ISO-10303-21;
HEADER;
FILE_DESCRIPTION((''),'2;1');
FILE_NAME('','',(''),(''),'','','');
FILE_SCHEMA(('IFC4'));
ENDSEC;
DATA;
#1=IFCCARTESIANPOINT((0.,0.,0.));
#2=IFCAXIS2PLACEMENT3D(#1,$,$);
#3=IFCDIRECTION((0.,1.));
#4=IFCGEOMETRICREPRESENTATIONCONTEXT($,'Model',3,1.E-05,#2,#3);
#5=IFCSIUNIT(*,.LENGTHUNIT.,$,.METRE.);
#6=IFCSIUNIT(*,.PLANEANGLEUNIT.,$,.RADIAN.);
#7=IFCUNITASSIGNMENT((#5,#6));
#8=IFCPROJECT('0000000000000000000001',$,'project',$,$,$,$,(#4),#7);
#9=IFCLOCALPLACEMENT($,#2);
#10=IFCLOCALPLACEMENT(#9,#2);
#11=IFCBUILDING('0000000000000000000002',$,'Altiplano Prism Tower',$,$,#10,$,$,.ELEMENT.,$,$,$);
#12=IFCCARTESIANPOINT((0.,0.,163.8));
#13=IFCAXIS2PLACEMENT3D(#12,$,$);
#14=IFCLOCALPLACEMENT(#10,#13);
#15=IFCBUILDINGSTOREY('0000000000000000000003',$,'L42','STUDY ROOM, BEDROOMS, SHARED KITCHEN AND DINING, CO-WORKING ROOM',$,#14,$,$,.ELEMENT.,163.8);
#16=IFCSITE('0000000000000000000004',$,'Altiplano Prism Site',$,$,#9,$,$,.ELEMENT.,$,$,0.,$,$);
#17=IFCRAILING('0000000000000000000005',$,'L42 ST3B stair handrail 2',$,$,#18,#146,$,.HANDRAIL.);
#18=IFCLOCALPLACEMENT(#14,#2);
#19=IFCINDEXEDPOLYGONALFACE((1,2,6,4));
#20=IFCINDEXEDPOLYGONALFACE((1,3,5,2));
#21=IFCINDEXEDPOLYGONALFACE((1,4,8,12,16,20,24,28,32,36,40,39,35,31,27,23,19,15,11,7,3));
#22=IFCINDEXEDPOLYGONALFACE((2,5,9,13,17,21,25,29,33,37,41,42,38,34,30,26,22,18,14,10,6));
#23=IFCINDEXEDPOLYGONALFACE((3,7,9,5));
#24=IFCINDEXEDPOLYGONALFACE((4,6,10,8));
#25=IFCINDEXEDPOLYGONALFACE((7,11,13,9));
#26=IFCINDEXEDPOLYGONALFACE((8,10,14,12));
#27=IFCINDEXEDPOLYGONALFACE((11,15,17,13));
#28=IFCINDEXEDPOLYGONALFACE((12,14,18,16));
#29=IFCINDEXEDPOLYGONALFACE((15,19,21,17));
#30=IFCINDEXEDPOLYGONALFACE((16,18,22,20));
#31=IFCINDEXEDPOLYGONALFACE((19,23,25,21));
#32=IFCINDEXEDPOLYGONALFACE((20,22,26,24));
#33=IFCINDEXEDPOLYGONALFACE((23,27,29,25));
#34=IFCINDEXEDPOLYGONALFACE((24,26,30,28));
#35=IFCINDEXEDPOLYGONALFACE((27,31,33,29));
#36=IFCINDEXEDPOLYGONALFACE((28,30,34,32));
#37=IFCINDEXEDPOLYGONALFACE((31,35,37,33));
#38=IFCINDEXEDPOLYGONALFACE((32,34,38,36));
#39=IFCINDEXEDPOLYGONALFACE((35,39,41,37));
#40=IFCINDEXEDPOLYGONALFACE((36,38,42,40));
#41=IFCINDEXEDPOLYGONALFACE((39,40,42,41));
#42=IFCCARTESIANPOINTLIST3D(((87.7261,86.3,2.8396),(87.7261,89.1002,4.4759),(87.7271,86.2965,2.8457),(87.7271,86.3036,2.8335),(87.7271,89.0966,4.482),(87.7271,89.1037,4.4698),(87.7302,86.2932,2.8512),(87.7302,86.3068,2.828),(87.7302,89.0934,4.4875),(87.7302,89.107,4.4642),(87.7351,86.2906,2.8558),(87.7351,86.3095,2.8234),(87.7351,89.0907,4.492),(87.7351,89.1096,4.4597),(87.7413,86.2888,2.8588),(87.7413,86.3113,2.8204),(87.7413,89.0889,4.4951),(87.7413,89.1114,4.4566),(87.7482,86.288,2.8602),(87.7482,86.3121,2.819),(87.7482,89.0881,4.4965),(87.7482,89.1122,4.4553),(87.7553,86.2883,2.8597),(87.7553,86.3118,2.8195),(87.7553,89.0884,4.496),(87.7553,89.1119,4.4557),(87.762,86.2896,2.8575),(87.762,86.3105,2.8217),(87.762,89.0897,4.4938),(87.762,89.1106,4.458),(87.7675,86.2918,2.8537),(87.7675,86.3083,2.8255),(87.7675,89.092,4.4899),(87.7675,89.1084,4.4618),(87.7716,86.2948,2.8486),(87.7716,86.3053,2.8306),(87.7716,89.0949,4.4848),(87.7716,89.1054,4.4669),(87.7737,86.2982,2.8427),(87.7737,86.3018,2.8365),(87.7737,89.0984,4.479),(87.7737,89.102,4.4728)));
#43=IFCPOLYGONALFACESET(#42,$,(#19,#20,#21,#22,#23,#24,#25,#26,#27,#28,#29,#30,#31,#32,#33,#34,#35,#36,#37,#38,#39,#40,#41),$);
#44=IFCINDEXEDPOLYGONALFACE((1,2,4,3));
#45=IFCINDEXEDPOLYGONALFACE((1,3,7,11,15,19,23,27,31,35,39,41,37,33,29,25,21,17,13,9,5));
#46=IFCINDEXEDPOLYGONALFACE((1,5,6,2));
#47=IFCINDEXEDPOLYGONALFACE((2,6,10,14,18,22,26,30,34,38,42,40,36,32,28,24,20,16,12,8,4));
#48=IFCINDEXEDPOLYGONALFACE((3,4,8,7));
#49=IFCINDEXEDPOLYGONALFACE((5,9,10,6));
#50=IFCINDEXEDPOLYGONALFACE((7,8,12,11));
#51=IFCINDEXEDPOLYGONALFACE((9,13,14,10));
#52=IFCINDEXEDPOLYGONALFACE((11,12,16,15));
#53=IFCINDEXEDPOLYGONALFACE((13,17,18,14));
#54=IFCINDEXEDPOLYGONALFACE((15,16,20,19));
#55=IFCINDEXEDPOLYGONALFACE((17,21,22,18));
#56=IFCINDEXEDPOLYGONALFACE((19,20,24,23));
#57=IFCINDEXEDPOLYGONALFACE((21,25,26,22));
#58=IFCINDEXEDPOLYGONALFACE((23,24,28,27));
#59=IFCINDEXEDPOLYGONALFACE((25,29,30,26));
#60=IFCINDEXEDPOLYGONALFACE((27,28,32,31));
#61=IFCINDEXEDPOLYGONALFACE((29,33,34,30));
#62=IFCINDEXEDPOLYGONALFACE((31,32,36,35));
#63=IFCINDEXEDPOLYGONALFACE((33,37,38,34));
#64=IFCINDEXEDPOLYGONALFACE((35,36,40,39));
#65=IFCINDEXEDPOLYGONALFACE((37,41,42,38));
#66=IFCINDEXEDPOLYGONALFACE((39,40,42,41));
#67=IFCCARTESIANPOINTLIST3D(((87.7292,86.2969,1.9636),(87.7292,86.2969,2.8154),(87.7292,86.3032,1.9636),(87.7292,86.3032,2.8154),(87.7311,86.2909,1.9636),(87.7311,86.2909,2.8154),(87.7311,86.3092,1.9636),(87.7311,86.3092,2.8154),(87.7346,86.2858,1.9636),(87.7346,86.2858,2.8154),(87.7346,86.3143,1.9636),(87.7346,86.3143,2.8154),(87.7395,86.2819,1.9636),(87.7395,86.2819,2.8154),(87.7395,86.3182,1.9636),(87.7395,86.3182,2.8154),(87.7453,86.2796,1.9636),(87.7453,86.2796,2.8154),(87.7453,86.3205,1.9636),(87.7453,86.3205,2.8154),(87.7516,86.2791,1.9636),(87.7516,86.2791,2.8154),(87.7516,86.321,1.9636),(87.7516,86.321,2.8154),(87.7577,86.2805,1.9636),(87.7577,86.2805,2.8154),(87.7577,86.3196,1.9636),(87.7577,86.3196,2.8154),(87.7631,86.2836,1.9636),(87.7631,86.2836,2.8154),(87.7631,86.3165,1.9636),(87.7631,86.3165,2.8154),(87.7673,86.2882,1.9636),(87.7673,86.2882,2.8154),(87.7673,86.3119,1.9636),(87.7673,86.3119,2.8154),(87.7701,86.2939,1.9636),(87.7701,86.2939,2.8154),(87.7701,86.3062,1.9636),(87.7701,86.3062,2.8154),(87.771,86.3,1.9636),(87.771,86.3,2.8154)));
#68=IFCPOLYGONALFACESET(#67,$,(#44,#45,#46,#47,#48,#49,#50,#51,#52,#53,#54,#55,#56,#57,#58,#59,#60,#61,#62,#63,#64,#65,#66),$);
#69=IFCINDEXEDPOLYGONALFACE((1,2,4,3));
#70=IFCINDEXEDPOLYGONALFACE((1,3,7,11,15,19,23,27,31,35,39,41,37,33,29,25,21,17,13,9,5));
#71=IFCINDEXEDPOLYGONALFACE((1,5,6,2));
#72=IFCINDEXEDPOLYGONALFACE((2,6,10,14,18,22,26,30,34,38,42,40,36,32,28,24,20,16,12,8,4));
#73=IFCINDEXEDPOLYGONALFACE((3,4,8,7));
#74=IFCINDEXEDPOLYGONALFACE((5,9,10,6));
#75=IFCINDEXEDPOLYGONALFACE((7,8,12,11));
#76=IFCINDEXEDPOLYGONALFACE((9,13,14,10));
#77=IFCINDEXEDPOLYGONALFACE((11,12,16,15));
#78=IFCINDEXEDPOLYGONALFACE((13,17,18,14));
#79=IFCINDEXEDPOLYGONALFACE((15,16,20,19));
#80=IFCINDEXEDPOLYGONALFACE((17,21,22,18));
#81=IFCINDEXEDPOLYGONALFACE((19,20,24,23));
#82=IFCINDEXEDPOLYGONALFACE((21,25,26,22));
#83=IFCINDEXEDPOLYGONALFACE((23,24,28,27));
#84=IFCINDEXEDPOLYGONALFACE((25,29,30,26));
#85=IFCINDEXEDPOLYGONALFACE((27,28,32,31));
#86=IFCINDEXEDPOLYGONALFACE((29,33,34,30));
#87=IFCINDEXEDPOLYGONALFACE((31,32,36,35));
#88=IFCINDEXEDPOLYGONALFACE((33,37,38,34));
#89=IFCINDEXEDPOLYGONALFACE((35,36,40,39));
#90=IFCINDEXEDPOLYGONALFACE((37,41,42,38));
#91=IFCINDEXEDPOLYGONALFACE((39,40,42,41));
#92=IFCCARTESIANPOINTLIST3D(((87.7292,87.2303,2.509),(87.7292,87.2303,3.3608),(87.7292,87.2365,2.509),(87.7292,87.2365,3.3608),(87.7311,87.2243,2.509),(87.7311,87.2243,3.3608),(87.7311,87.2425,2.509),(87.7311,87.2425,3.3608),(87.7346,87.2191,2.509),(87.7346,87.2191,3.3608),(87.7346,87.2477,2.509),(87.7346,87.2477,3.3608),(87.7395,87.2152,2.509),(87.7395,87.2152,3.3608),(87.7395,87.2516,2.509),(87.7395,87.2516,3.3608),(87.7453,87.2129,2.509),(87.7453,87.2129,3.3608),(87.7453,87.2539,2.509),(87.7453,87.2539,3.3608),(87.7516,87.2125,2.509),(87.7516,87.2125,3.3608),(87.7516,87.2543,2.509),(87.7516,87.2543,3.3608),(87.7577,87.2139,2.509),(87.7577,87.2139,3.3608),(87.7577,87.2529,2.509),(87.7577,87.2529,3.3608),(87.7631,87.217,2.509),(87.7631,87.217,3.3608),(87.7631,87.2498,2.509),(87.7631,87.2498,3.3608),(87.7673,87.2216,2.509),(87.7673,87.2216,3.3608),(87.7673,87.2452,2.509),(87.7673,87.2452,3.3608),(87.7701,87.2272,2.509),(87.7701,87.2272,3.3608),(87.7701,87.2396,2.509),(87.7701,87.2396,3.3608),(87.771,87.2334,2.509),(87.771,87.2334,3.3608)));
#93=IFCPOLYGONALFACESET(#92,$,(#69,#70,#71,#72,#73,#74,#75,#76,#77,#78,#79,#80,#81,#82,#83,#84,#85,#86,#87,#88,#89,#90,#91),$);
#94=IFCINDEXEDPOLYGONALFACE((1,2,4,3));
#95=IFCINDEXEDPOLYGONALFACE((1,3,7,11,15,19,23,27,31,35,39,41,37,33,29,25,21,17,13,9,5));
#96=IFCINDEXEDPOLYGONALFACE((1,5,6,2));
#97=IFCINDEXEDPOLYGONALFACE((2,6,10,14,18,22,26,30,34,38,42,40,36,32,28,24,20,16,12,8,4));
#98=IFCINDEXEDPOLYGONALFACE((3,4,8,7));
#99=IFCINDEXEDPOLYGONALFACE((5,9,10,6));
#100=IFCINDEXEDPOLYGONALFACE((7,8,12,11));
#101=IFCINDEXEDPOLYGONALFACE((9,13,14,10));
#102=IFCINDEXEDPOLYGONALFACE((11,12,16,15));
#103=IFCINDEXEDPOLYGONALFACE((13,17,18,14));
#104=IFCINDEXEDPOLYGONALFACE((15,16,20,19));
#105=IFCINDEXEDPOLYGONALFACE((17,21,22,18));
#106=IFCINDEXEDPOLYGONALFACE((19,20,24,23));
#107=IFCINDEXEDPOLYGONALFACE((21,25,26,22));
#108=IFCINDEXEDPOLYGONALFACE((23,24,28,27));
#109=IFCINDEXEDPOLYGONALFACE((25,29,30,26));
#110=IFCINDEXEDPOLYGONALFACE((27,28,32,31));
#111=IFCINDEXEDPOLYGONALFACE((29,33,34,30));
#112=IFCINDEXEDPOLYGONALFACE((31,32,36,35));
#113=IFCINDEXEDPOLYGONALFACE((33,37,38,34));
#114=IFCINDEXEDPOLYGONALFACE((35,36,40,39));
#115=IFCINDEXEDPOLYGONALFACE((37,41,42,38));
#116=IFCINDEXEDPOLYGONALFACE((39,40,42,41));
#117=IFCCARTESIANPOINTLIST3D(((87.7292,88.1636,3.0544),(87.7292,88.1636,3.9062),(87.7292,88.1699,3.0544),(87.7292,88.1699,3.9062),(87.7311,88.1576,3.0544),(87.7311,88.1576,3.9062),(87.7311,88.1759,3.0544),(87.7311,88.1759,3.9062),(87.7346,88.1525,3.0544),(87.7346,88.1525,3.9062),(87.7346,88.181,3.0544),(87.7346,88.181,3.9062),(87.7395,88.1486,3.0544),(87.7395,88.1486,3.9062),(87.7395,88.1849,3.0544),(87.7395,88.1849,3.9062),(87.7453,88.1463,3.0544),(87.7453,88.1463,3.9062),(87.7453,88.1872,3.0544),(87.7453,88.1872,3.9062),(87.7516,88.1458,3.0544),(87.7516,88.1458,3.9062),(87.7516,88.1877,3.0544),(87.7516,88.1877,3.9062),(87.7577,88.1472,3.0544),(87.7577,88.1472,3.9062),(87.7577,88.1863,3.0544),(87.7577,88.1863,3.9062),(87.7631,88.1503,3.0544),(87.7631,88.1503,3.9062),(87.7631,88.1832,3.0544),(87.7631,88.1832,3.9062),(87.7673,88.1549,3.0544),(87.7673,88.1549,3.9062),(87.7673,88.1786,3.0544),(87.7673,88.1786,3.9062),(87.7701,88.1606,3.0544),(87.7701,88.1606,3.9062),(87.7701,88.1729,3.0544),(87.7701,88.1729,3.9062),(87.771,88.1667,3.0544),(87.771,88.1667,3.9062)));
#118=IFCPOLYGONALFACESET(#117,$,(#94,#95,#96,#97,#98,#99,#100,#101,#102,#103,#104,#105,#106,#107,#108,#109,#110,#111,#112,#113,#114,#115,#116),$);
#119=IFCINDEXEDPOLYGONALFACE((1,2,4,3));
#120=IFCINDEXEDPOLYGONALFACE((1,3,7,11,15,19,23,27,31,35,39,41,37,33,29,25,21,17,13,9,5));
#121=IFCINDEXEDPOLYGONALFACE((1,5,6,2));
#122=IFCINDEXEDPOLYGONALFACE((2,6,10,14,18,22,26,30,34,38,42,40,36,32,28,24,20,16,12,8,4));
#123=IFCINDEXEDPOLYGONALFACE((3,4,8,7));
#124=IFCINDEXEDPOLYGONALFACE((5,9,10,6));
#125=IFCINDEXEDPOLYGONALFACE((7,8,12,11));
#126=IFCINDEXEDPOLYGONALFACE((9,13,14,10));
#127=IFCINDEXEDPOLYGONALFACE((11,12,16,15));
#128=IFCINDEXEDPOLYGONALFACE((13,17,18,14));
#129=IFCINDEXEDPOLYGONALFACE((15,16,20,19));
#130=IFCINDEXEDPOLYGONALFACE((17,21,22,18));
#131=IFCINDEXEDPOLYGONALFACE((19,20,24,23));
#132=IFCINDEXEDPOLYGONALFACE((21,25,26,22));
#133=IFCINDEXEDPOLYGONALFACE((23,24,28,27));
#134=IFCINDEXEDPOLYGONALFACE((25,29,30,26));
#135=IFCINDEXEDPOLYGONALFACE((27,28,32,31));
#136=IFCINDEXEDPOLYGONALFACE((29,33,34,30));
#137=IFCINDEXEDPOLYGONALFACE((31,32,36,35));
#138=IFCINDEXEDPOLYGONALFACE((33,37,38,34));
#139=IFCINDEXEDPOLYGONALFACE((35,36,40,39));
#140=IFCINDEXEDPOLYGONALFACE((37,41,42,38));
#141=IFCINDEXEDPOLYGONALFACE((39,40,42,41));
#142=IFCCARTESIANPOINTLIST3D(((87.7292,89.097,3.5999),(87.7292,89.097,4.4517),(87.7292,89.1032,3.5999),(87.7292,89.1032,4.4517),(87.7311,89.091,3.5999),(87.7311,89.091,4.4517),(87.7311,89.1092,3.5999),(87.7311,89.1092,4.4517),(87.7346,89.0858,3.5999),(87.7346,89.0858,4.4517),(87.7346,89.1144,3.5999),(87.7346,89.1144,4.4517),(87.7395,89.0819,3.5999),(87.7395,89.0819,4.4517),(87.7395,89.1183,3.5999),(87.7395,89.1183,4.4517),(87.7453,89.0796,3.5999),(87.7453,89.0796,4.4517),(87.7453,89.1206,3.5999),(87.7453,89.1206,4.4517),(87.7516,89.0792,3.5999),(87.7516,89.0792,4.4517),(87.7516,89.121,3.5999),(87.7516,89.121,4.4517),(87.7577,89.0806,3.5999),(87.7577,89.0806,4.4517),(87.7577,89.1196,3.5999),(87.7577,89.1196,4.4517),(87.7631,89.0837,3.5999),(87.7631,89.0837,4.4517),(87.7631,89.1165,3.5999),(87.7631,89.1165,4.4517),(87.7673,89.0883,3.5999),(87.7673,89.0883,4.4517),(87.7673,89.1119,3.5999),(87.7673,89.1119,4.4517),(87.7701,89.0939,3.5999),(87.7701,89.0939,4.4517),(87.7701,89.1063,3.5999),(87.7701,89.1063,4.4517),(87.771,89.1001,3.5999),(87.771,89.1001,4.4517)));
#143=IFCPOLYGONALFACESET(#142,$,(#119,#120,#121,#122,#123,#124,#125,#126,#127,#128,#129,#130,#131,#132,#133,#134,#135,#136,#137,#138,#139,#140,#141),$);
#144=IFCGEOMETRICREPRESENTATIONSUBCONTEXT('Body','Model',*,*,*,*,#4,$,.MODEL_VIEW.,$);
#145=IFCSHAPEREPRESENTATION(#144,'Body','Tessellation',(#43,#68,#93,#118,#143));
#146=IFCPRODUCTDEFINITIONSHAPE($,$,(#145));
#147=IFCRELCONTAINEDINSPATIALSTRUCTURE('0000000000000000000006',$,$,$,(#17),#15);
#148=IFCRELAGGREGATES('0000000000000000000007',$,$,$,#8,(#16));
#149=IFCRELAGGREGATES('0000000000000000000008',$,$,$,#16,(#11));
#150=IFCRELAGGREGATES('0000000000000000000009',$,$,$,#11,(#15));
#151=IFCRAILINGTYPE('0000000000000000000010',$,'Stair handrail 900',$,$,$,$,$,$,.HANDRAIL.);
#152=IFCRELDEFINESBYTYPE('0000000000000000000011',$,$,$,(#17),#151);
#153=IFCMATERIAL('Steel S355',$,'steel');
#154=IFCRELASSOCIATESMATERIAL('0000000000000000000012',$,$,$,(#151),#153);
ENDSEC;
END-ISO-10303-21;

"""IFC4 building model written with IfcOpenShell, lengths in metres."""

from ifc_helpers import new_model, si_unit, direction, frame, origin, origin_2d, place, context, subcontext, project, spatial, circle, extrude, material, type_object, element, save


model = new_model("IFC4")

# Units and contexts
model_context = context("Model", 3, precision=1e-05, world=origin(), true_north=direction((0.0, 1.0)))
body_context = subcontext(model_context, "Body", "Model", "MODEL_VIEW")
ifc_project = project(units=[si_unit("LENGTHUNIT", "METRE"), si_unit("PLANEANGLEUNIT", "RADIAN")], contexts=[model_context])

# Site, building, storey
site_placement = place(None, origin())
site = spatial("IfcSite", under=ifc_project, at=site_placement, Name="Altiplano Prism Site", CompositionType="ELEMENT", RefElevation=0.0)
building_placement = place(site_placement, origin())
building = spatial("IfcBuilding", under=site, at=building_placement, Name="Altiplano Prism Tower", CompositionType="ELEMENT")
storey_placement = place(building_placement, frame((0.0, 0.0, 163.8)))
storey = spatial("IfcBuildingStorey", under=building, at=storey_placement, Name="L42", Description="STUDY ROOM, BEDROOMS, SHARED KITCHEN AND DINING, CO-WORKING ROOM", CompositionType="ELEMENT", Elevation=163.8)

# Railing
ifc_material_1 = material(Name="Steel S355", Category="steel")
railing_type = type_object("IfcRailingType", Name="Stair handrail 900", PredefinedType="HANDRAIL", material=ifc_material_1)
for number, where, name in (
    (1, (87.75, 86.3, 1.9636), "L42 ST3B stair handrail 2"),
):
    element("IfcRailing", number, at=place(storey_placement, frame(where)), inside=storey, type_object=railing_type, Name=name, PredefinedType="HANDRAIL", context=body_context, shape_type="SweptSolid", body=[
        extrude(circle(Radius=0.0239, at=origin_2d()), frame((0.0, 0.0, 0.876), z_axis=(0.0, 0.863394, 0.504531), x_axis=(-1.0, 0.0, 0.0)), (0.0, 0.0, 1.0), 3.2432),
        extrude(circle(Radius=0.021, at=origin_2d()), origin(), (0.0, 0.0, 1.0), 0.8518),
        extrude(circle(Radius=0.021, at=origin_2d()), frame((0.0, 0.9333, 0.5454)), (0.0, 0.0, 1.0), 0.8518),
        extrude(circle(Radius=0.021, at=origin_2d()), frame((0.0, 1.8667, 1.0908)), (0.0, 0.0, 1.0), 0.8518),
        extrude(circle(Radius=0.021, at=origin_2d()), frame((0.0, 2.8, 1.6362)), (0.0, 0.0, 1.0), 0.8518),
    ])

save(model, "model.ifc")
